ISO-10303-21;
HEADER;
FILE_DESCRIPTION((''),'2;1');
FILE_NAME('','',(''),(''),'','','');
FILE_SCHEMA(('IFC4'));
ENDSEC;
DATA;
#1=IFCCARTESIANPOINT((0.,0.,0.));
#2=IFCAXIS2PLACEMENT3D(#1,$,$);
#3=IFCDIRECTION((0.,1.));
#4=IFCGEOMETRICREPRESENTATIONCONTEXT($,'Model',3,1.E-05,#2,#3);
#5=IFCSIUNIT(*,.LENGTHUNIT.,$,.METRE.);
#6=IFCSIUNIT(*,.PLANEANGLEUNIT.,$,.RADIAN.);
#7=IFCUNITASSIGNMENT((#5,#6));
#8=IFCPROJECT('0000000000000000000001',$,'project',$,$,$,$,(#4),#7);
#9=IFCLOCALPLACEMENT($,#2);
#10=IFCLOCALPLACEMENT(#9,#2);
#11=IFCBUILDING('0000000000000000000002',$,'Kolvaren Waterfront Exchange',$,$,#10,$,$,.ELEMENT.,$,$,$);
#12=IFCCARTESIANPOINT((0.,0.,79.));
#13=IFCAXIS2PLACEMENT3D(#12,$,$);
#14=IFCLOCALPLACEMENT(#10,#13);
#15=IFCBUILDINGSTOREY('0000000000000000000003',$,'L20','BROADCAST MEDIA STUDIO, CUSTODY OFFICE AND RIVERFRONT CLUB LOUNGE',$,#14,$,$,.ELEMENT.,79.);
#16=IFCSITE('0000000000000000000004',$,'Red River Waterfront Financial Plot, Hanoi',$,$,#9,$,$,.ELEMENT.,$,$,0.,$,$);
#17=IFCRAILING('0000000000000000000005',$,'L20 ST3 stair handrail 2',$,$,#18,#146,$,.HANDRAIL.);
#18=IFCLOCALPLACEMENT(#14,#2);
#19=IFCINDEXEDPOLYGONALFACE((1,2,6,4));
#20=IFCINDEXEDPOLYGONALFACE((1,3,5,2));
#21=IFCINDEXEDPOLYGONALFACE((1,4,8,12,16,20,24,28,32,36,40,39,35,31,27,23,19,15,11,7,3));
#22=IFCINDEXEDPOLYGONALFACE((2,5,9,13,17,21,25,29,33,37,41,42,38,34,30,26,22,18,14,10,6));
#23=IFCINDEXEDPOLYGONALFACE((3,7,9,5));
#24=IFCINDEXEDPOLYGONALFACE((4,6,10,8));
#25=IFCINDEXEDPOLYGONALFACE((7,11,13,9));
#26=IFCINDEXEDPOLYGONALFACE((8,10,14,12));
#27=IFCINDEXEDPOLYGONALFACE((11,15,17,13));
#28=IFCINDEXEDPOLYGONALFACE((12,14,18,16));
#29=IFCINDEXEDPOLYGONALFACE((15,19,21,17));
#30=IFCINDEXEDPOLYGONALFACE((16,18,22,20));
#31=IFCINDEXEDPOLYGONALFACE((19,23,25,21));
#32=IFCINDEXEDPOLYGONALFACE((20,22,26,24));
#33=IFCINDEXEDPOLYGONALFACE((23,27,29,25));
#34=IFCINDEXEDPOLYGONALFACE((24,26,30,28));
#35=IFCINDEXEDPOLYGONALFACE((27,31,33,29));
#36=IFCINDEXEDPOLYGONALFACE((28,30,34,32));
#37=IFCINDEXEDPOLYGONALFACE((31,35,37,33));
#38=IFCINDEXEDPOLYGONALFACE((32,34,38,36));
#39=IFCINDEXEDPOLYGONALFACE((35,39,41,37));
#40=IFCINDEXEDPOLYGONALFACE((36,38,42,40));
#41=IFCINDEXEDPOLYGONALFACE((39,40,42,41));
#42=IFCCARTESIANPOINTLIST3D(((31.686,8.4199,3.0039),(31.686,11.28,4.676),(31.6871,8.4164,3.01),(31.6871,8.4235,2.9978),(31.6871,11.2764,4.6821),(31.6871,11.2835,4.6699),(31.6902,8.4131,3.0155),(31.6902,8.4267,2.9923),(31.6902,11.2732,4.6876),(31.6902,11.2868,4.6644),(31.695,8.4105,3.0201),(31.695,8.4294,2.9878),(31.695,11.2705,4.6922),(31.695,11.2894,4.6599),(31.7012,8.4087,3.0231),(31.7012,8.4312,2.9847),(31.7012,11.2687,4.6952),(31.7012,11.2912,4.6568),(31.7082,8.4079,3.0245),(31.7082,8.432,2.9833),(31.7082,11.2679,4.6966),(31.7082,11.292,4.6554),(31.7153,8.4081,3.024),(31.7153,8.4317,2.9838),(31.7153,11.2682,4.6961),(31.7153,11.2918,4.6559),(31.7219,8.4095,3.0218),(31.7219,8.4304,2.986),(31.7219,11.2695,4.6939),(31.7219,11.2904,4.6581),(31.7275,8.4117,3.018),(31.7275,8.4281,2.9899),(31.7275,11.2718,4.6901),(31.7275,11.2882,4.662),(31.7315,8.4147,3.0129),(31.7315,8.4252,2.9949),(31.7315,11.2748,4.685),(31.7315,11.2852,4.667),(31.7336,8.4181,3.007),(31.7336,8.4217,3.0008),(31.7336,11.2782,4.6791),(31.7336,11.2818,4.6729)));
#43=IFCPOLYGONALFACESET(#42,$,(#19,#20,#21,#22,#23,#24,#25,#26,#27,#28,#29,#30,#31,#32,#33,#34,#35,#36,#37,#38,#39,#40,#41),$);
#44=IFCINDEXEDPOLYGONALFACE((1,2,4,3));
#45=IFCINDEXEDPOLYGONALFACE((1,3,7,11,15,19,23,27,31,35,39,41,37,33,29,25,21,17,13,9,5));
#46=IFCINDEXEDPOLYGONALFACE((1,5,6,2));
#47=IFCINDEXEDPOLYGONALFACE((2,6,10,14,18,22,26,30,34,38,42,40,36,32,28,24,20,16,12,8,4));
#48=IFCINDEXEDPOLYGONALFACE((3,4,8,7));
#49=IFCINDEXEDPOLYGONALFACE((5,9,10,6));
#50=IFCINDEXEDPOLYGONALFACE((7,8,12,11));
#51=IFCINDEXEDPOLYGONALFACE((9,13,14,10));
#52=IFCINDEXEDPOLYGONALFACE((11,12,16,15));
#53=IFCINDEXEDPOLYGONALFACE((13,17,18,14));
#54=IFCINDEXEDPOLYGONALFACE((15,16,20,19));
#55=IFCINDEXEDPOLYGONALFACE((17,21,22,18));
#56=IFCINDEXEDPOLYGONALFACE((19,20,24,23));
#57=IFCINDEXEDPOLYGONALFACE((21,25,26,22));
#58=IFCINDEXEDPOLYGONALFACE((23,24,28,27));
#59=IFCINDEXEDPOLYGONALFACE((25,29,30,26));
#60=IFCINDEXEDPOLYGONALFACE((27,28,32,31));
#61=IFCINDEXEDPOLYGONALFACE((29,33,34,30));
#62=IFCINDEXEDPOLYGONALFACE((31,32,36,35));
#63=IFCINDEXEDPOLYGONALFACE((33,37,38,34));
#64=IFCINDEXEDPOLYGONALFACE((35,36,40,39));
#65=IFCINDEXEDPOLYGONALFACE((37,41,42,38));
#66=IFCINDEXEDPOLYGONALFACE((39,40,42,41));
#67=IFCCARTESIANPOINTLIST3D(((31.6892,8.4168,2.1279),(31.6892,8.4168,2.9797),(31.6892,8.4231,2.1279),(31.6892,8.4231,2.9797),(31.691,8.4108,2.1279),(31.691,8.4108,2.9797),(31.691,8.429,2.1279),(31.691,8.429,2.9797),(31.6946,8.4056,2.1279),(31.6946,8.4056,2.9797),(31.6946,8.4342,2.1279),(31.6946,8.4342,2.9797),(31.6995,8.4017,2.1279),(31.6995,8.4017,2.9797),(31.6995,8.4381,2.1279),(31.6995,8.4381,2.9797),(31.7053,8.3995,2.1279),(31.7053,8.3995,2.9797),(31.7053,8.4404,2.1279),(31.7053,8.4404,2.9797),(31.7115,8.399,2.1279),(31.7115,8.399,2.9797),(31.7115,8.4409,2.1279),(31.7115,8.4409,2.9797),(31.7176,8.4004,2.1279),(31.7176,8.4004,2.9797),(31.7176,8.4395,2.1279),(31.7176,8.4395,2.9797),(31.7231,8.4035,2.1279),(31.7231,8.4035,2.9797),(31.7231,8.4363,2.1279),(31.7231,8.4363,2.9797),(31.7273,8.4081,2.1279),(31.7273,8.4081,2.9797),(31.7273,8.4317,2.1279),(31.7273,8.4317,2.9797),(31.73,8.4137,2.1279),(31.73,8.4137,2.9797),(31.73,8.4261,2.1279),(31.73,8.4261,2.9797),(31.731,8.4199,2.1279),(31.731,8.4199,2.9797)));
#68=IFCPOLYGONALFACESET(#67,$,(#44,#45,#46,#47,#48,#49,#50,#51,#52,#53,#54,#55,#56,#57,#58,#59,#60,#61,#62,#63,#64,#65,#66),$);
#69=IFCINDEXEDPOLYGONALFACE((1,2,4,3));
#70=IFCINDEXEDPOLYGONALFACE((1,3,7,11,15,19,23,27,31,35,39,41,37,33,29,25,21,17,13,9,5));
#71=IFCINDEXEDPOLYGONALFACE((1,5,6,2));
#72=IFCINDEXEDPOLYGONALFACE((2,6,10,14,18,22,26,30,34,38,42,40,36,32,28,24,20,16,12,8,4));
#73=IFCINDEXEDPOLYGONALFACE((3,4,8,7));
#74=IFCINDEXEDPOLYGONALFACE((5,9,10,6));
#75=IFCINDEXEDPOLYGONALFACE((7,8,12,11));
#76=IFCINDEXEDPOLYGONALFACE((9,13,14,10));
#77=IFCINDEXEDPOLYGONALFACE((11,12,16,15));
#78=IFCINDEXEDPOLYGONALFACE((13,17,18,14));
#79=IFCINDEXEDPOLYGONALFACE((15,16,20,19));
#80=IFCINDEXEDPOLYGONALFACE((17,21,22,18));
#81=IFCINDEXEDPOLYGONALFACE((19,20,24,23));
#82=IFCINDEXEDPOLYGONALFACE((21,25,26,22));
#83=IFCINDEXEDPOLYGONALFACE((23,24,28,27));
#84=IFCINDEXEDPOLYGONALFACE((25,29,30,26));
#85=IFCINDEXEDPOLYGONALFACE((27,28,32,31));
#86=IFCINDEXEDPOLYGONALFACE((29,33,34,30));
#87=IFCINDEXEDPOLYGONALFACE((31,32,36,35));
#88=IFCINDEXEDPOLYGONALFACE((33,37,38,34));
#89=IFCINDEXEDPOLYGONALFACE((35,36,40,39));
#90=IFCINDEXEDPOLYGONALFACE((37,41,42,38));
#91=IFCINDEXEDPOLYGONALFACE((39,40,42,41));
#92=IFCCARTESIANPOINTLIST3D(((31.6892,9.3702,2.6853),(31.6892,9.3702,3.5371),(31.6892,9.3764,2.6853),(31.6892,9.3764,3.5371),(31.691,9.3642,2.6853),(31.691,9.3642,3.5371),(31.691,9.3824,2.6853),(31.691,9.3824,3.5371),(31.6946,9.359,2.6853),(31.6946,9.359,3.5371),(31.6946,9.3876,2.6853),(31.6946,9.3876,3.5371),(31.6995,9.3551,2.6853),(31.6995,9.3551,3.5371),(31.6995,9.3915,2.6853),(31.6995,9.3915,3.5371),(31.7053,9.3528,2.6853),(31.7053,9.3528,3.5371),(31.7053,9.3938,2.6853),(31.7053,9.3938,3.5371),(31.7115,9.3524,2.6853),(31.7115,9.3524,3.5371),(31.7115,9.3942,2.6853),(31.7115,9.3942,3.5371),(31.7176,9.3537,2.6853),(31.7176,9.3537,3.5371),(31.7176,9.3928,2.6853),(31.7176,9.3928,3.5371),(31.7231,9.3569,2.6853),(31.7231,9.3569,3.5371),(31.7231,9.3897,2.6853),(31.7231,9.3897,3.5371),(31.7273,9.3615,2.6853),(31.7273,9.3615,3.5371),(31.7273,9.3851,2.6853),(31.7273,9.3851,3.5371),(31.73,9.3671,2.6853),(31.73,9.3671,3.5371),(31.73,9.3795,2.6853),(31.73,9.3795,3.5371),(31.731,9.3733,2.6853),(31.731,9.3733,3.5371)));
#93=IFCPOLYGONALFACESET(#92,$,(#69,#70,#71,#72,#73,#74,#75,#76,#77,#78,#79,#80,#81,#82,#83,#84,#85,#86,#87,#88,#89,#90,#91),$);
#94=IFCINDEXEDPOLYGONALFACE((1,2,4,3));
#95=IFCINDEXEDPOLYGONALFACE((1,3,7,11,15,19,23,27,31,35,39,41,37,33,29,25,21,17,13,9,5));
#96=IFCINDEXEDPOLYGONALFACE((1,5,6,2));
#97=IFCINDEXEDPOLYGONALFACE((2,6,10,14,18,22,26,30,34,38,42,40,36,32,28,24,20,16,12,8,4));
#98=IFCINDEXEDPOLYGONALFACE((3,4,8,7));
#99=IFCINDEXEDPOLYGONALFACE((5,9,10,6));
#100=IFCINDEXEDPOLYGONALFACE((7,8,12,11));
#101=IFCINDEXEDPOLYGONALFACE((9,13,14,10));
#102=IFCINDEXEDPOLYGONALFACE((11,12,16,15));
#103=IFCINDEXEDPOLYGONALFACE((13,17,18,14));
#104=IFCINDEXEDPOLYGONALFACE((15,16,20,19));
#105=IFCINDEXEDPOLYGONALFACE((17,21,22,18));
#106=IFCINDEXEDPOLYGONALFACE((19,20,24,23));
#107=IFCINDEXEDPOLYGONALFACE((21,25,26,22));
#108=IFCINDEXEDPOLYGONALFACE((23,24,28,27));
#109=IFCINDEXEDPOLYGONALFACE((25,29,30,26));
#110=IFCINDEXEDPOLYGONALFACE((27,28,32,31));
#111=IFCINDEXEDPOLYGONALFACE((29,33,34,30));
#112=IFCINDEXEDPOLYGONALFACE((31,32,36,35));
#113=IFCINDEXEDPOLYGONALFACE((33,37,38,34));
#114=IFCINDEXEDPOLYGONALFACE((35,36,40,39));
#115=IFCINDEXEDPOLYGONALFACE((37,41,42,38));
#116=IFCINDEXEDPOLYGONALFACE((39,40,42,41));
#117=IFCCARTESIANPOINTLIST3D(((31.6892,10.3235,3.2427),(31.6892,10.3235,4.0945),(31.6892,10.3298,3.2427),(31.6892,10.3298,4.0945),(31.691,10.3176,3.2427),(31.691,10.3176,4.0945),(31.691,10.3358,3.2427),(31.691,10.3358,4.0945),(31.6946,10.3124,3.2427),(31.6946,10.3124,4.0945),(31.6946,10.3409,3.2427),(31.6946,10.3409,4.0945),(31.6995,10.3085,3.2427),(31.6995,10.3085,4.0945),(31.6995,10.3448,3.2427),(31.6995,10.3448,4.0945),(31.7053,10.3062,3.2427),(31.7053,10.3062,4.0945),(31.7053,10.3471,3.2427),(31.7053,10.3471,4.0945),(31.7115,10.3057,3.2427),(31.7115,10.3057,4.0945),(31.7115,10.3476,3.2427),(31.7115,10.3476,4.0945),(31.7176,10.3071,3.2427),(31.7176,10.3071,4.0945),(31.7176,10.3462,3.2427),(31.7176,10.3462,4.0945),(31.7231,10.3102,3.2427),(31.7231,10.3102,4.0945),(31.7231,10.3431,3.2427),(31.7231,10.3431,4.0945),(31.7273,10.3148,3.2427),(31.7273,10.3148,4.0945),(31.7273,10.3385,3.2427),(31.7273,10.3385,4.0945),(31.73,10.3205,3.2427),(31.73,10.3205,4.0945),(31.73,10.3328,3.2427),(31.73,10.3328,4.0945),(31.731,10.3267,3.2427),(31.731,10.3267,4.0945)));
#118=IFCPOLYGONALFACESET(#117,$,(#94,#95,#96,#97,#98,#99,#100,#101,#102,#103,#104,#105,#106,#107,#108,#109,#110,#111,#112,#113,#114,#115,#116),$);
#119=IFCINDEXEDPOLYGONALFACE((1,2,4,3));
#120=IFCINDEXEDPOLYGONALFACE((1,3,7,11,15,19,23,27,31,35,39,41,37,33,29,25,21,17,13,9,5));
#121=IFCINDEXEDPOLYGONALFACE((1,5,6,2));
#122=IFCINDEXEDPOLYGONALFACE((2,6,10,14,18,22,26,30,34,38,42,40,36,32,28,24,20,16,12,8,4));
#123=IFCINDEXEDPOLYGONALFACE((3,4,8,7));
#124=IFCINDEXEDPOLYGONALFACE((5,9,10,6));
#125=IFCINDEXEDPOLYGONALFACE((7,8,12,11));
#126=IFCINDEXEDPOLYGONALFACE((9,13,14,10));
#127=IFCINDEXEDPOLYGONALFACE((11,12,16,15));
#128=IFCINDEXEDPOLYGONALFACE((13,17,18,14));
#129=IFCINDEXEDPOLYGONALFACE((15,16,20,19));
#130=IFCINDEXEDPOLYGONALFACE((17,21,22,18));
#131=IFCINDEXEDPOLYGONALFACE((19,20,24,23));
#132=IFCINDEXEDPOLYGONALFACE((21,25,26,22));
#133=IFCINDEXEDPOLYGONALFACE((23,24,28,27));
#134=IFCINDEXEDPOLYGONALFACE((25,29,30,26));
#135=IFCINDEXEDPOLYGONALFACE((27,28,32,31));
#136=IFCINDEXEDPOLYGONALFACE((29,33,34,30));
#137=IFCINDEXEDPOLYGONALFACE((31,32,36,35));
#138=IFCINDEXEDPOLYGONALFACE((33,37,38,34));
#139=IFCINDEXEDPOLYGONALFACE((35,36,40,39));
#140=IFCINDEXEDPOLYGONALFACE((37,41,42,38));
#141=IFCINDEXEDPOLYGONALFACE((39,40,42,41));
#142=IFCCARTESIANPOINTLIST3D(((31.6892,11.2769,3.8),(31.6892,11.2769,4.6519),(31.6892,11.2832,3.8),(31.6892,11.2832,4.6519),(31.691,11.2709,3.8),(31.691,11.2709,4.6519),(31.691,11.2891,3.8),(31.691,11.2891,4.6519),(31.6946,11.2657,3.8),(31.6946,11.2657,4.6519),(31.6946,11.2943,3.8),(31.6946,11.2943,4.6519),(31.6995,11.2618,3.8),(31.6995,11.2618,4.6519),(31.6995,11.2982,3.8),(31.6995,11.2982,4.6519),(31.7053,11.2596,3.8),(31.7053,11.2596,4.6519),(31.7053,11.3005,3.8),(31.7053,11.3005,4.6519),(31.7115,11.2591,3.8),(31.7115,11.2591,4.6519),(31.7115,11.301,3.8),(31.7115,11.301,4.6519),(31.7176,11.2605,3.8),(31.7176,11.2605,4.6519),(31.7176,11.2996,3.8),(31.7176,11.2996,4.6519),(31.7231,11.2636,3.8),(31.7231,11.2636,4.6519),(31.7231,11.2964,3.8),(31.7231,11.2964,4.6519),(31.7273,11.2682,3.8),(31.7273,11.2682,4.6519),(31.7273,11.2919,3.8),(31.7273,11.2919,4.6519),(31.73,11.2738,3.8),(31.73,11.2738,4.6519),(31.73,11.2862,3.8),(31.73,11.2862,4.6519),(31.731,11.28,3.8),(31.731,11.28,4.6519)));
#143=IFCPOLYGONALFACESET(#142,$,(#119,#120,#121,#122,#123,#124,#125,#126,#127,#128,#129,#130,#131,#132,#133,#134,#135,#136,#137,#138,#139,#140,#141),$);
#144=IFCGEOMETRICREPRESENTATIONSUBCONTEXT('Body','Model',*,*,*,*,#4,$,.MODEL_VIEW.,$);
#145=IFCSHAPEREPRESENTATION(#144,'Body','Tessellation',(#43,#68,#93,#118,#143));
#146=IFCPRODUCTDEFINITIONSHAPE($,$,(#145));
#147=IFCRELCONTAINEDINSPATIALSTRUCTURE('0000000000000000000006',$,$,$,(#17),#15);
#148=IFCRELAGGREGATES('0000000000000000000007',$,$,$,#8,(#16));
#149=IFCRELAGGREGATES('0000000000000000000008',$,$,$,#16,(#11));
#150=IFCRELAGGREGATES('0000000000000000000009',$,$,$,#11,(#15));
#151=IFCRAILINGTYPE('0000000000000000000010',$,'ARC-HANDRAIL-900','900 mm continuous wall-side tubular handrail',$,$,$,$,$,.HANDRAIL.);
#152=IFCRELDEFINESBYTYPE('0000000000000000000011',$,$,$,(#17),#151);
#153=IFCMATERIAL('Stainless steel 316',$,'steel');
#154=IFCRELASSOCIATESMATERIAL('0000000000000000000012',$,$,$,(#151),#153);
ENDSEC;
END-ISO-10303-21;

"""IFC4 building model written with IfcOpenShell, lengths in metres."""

from ifc_helpers import new_model, si_unit, direction, frame, origin, origin_2d, place, context, subcontext, project, spatial, circle, extrude, material, type_object, element, save


model = new_model("IFC4")

# Units and contexts
model_context = context("Model", 3, precision=1e-05, world=origin(), true_north=direction((0.0, 1.0)))
body_context = subcontext(model_context, "Body", "Model", "MODEL_VIEW")
ifc_project = project(units=[si_unit("LENGTHUNIT", "METRE"), si_unit("PLANEANGLEUNIT", "RADIAN")], contexts=[model_context])

# Site, building, storey
site_placement = place(None, origin())
site = spatial("IfcSite", under=ifc_project, at=site_placement, Name="Red River Waterfront Financial Plot, Hanoi", CompositionType="ELEMENT", RefElevation=0.0)
building_placement = place(site_placement, origin())
building = spatial("IfcBuilding", under=site, at=building_placement, Name="Kolvaren Waterfront Exchange", CompositionType="ELEMENT")
storey_placement = place(building_placement, frame((0.0, 0.0, 79.0)))
storey = spatial("IfcBuildingStorey", under=building, at=storey_placement, Name="L20", Description="BROADCAST MEDIA STUDIO, CUSTODY OFFICE AND RIVERFRONT CLUB LOUNGE", CompositionType="ELEMENT", Elevation=79.0)

# Railing
ifc_material_1 = material(Name="Stainless steel 316", Category="steel")
railing_type = type_object("IfcRailingType", Name="ARC-HANDRAIL-900", Description="900 mm continuous wall-side tubular handrail", PredefinedType="HANDRAIL", material=ifc_material_1)
railing_placement = place(storey_placement, frame((31.71, 8.4199, 2.1279)))
element("IfcRailing", 1, at=railing_placement, inside=storey, type_object=railing_type, Name="L20 ST3 stair handrail 2", PredefinedType="HANDRAIL", context=body_context, shape_type="SweptSolid", body=[
    extrude(circle(Radius=0.0239, at=origin_2d()), frame((0.0, 0.0, 0.876), z_axis=(0.0, 0.863289, 0.504709), x_axis=(-1.0, 0.0, 0.0)), (0.0, 0.0, 1.0), 3.313),
    extrude(circle(Radius=0.021, at=origin_2d()), origin(), (0.0, 0.0, 1.0), 0.8518),
    extrude(circle(Radius=0.021, at=origin_2d()), frame((0.0, 0.9534, 0.5574)), (0.0, 0.0, 1.0), 0.8518),
    extrude(circle(Radius=0.021, at=origin_2d()), frame((0.0, 1.9067, 1.1147)), (0.0, 0.0, 1.0), 0.8518),
    extrude(circle(Radius=0.021, at=origin_2d()), frame((0.0, 2.8601, 1.6721)), (0.0, 0.0, 1.0), 0.8518),
])

save(model, "model.ifc")
